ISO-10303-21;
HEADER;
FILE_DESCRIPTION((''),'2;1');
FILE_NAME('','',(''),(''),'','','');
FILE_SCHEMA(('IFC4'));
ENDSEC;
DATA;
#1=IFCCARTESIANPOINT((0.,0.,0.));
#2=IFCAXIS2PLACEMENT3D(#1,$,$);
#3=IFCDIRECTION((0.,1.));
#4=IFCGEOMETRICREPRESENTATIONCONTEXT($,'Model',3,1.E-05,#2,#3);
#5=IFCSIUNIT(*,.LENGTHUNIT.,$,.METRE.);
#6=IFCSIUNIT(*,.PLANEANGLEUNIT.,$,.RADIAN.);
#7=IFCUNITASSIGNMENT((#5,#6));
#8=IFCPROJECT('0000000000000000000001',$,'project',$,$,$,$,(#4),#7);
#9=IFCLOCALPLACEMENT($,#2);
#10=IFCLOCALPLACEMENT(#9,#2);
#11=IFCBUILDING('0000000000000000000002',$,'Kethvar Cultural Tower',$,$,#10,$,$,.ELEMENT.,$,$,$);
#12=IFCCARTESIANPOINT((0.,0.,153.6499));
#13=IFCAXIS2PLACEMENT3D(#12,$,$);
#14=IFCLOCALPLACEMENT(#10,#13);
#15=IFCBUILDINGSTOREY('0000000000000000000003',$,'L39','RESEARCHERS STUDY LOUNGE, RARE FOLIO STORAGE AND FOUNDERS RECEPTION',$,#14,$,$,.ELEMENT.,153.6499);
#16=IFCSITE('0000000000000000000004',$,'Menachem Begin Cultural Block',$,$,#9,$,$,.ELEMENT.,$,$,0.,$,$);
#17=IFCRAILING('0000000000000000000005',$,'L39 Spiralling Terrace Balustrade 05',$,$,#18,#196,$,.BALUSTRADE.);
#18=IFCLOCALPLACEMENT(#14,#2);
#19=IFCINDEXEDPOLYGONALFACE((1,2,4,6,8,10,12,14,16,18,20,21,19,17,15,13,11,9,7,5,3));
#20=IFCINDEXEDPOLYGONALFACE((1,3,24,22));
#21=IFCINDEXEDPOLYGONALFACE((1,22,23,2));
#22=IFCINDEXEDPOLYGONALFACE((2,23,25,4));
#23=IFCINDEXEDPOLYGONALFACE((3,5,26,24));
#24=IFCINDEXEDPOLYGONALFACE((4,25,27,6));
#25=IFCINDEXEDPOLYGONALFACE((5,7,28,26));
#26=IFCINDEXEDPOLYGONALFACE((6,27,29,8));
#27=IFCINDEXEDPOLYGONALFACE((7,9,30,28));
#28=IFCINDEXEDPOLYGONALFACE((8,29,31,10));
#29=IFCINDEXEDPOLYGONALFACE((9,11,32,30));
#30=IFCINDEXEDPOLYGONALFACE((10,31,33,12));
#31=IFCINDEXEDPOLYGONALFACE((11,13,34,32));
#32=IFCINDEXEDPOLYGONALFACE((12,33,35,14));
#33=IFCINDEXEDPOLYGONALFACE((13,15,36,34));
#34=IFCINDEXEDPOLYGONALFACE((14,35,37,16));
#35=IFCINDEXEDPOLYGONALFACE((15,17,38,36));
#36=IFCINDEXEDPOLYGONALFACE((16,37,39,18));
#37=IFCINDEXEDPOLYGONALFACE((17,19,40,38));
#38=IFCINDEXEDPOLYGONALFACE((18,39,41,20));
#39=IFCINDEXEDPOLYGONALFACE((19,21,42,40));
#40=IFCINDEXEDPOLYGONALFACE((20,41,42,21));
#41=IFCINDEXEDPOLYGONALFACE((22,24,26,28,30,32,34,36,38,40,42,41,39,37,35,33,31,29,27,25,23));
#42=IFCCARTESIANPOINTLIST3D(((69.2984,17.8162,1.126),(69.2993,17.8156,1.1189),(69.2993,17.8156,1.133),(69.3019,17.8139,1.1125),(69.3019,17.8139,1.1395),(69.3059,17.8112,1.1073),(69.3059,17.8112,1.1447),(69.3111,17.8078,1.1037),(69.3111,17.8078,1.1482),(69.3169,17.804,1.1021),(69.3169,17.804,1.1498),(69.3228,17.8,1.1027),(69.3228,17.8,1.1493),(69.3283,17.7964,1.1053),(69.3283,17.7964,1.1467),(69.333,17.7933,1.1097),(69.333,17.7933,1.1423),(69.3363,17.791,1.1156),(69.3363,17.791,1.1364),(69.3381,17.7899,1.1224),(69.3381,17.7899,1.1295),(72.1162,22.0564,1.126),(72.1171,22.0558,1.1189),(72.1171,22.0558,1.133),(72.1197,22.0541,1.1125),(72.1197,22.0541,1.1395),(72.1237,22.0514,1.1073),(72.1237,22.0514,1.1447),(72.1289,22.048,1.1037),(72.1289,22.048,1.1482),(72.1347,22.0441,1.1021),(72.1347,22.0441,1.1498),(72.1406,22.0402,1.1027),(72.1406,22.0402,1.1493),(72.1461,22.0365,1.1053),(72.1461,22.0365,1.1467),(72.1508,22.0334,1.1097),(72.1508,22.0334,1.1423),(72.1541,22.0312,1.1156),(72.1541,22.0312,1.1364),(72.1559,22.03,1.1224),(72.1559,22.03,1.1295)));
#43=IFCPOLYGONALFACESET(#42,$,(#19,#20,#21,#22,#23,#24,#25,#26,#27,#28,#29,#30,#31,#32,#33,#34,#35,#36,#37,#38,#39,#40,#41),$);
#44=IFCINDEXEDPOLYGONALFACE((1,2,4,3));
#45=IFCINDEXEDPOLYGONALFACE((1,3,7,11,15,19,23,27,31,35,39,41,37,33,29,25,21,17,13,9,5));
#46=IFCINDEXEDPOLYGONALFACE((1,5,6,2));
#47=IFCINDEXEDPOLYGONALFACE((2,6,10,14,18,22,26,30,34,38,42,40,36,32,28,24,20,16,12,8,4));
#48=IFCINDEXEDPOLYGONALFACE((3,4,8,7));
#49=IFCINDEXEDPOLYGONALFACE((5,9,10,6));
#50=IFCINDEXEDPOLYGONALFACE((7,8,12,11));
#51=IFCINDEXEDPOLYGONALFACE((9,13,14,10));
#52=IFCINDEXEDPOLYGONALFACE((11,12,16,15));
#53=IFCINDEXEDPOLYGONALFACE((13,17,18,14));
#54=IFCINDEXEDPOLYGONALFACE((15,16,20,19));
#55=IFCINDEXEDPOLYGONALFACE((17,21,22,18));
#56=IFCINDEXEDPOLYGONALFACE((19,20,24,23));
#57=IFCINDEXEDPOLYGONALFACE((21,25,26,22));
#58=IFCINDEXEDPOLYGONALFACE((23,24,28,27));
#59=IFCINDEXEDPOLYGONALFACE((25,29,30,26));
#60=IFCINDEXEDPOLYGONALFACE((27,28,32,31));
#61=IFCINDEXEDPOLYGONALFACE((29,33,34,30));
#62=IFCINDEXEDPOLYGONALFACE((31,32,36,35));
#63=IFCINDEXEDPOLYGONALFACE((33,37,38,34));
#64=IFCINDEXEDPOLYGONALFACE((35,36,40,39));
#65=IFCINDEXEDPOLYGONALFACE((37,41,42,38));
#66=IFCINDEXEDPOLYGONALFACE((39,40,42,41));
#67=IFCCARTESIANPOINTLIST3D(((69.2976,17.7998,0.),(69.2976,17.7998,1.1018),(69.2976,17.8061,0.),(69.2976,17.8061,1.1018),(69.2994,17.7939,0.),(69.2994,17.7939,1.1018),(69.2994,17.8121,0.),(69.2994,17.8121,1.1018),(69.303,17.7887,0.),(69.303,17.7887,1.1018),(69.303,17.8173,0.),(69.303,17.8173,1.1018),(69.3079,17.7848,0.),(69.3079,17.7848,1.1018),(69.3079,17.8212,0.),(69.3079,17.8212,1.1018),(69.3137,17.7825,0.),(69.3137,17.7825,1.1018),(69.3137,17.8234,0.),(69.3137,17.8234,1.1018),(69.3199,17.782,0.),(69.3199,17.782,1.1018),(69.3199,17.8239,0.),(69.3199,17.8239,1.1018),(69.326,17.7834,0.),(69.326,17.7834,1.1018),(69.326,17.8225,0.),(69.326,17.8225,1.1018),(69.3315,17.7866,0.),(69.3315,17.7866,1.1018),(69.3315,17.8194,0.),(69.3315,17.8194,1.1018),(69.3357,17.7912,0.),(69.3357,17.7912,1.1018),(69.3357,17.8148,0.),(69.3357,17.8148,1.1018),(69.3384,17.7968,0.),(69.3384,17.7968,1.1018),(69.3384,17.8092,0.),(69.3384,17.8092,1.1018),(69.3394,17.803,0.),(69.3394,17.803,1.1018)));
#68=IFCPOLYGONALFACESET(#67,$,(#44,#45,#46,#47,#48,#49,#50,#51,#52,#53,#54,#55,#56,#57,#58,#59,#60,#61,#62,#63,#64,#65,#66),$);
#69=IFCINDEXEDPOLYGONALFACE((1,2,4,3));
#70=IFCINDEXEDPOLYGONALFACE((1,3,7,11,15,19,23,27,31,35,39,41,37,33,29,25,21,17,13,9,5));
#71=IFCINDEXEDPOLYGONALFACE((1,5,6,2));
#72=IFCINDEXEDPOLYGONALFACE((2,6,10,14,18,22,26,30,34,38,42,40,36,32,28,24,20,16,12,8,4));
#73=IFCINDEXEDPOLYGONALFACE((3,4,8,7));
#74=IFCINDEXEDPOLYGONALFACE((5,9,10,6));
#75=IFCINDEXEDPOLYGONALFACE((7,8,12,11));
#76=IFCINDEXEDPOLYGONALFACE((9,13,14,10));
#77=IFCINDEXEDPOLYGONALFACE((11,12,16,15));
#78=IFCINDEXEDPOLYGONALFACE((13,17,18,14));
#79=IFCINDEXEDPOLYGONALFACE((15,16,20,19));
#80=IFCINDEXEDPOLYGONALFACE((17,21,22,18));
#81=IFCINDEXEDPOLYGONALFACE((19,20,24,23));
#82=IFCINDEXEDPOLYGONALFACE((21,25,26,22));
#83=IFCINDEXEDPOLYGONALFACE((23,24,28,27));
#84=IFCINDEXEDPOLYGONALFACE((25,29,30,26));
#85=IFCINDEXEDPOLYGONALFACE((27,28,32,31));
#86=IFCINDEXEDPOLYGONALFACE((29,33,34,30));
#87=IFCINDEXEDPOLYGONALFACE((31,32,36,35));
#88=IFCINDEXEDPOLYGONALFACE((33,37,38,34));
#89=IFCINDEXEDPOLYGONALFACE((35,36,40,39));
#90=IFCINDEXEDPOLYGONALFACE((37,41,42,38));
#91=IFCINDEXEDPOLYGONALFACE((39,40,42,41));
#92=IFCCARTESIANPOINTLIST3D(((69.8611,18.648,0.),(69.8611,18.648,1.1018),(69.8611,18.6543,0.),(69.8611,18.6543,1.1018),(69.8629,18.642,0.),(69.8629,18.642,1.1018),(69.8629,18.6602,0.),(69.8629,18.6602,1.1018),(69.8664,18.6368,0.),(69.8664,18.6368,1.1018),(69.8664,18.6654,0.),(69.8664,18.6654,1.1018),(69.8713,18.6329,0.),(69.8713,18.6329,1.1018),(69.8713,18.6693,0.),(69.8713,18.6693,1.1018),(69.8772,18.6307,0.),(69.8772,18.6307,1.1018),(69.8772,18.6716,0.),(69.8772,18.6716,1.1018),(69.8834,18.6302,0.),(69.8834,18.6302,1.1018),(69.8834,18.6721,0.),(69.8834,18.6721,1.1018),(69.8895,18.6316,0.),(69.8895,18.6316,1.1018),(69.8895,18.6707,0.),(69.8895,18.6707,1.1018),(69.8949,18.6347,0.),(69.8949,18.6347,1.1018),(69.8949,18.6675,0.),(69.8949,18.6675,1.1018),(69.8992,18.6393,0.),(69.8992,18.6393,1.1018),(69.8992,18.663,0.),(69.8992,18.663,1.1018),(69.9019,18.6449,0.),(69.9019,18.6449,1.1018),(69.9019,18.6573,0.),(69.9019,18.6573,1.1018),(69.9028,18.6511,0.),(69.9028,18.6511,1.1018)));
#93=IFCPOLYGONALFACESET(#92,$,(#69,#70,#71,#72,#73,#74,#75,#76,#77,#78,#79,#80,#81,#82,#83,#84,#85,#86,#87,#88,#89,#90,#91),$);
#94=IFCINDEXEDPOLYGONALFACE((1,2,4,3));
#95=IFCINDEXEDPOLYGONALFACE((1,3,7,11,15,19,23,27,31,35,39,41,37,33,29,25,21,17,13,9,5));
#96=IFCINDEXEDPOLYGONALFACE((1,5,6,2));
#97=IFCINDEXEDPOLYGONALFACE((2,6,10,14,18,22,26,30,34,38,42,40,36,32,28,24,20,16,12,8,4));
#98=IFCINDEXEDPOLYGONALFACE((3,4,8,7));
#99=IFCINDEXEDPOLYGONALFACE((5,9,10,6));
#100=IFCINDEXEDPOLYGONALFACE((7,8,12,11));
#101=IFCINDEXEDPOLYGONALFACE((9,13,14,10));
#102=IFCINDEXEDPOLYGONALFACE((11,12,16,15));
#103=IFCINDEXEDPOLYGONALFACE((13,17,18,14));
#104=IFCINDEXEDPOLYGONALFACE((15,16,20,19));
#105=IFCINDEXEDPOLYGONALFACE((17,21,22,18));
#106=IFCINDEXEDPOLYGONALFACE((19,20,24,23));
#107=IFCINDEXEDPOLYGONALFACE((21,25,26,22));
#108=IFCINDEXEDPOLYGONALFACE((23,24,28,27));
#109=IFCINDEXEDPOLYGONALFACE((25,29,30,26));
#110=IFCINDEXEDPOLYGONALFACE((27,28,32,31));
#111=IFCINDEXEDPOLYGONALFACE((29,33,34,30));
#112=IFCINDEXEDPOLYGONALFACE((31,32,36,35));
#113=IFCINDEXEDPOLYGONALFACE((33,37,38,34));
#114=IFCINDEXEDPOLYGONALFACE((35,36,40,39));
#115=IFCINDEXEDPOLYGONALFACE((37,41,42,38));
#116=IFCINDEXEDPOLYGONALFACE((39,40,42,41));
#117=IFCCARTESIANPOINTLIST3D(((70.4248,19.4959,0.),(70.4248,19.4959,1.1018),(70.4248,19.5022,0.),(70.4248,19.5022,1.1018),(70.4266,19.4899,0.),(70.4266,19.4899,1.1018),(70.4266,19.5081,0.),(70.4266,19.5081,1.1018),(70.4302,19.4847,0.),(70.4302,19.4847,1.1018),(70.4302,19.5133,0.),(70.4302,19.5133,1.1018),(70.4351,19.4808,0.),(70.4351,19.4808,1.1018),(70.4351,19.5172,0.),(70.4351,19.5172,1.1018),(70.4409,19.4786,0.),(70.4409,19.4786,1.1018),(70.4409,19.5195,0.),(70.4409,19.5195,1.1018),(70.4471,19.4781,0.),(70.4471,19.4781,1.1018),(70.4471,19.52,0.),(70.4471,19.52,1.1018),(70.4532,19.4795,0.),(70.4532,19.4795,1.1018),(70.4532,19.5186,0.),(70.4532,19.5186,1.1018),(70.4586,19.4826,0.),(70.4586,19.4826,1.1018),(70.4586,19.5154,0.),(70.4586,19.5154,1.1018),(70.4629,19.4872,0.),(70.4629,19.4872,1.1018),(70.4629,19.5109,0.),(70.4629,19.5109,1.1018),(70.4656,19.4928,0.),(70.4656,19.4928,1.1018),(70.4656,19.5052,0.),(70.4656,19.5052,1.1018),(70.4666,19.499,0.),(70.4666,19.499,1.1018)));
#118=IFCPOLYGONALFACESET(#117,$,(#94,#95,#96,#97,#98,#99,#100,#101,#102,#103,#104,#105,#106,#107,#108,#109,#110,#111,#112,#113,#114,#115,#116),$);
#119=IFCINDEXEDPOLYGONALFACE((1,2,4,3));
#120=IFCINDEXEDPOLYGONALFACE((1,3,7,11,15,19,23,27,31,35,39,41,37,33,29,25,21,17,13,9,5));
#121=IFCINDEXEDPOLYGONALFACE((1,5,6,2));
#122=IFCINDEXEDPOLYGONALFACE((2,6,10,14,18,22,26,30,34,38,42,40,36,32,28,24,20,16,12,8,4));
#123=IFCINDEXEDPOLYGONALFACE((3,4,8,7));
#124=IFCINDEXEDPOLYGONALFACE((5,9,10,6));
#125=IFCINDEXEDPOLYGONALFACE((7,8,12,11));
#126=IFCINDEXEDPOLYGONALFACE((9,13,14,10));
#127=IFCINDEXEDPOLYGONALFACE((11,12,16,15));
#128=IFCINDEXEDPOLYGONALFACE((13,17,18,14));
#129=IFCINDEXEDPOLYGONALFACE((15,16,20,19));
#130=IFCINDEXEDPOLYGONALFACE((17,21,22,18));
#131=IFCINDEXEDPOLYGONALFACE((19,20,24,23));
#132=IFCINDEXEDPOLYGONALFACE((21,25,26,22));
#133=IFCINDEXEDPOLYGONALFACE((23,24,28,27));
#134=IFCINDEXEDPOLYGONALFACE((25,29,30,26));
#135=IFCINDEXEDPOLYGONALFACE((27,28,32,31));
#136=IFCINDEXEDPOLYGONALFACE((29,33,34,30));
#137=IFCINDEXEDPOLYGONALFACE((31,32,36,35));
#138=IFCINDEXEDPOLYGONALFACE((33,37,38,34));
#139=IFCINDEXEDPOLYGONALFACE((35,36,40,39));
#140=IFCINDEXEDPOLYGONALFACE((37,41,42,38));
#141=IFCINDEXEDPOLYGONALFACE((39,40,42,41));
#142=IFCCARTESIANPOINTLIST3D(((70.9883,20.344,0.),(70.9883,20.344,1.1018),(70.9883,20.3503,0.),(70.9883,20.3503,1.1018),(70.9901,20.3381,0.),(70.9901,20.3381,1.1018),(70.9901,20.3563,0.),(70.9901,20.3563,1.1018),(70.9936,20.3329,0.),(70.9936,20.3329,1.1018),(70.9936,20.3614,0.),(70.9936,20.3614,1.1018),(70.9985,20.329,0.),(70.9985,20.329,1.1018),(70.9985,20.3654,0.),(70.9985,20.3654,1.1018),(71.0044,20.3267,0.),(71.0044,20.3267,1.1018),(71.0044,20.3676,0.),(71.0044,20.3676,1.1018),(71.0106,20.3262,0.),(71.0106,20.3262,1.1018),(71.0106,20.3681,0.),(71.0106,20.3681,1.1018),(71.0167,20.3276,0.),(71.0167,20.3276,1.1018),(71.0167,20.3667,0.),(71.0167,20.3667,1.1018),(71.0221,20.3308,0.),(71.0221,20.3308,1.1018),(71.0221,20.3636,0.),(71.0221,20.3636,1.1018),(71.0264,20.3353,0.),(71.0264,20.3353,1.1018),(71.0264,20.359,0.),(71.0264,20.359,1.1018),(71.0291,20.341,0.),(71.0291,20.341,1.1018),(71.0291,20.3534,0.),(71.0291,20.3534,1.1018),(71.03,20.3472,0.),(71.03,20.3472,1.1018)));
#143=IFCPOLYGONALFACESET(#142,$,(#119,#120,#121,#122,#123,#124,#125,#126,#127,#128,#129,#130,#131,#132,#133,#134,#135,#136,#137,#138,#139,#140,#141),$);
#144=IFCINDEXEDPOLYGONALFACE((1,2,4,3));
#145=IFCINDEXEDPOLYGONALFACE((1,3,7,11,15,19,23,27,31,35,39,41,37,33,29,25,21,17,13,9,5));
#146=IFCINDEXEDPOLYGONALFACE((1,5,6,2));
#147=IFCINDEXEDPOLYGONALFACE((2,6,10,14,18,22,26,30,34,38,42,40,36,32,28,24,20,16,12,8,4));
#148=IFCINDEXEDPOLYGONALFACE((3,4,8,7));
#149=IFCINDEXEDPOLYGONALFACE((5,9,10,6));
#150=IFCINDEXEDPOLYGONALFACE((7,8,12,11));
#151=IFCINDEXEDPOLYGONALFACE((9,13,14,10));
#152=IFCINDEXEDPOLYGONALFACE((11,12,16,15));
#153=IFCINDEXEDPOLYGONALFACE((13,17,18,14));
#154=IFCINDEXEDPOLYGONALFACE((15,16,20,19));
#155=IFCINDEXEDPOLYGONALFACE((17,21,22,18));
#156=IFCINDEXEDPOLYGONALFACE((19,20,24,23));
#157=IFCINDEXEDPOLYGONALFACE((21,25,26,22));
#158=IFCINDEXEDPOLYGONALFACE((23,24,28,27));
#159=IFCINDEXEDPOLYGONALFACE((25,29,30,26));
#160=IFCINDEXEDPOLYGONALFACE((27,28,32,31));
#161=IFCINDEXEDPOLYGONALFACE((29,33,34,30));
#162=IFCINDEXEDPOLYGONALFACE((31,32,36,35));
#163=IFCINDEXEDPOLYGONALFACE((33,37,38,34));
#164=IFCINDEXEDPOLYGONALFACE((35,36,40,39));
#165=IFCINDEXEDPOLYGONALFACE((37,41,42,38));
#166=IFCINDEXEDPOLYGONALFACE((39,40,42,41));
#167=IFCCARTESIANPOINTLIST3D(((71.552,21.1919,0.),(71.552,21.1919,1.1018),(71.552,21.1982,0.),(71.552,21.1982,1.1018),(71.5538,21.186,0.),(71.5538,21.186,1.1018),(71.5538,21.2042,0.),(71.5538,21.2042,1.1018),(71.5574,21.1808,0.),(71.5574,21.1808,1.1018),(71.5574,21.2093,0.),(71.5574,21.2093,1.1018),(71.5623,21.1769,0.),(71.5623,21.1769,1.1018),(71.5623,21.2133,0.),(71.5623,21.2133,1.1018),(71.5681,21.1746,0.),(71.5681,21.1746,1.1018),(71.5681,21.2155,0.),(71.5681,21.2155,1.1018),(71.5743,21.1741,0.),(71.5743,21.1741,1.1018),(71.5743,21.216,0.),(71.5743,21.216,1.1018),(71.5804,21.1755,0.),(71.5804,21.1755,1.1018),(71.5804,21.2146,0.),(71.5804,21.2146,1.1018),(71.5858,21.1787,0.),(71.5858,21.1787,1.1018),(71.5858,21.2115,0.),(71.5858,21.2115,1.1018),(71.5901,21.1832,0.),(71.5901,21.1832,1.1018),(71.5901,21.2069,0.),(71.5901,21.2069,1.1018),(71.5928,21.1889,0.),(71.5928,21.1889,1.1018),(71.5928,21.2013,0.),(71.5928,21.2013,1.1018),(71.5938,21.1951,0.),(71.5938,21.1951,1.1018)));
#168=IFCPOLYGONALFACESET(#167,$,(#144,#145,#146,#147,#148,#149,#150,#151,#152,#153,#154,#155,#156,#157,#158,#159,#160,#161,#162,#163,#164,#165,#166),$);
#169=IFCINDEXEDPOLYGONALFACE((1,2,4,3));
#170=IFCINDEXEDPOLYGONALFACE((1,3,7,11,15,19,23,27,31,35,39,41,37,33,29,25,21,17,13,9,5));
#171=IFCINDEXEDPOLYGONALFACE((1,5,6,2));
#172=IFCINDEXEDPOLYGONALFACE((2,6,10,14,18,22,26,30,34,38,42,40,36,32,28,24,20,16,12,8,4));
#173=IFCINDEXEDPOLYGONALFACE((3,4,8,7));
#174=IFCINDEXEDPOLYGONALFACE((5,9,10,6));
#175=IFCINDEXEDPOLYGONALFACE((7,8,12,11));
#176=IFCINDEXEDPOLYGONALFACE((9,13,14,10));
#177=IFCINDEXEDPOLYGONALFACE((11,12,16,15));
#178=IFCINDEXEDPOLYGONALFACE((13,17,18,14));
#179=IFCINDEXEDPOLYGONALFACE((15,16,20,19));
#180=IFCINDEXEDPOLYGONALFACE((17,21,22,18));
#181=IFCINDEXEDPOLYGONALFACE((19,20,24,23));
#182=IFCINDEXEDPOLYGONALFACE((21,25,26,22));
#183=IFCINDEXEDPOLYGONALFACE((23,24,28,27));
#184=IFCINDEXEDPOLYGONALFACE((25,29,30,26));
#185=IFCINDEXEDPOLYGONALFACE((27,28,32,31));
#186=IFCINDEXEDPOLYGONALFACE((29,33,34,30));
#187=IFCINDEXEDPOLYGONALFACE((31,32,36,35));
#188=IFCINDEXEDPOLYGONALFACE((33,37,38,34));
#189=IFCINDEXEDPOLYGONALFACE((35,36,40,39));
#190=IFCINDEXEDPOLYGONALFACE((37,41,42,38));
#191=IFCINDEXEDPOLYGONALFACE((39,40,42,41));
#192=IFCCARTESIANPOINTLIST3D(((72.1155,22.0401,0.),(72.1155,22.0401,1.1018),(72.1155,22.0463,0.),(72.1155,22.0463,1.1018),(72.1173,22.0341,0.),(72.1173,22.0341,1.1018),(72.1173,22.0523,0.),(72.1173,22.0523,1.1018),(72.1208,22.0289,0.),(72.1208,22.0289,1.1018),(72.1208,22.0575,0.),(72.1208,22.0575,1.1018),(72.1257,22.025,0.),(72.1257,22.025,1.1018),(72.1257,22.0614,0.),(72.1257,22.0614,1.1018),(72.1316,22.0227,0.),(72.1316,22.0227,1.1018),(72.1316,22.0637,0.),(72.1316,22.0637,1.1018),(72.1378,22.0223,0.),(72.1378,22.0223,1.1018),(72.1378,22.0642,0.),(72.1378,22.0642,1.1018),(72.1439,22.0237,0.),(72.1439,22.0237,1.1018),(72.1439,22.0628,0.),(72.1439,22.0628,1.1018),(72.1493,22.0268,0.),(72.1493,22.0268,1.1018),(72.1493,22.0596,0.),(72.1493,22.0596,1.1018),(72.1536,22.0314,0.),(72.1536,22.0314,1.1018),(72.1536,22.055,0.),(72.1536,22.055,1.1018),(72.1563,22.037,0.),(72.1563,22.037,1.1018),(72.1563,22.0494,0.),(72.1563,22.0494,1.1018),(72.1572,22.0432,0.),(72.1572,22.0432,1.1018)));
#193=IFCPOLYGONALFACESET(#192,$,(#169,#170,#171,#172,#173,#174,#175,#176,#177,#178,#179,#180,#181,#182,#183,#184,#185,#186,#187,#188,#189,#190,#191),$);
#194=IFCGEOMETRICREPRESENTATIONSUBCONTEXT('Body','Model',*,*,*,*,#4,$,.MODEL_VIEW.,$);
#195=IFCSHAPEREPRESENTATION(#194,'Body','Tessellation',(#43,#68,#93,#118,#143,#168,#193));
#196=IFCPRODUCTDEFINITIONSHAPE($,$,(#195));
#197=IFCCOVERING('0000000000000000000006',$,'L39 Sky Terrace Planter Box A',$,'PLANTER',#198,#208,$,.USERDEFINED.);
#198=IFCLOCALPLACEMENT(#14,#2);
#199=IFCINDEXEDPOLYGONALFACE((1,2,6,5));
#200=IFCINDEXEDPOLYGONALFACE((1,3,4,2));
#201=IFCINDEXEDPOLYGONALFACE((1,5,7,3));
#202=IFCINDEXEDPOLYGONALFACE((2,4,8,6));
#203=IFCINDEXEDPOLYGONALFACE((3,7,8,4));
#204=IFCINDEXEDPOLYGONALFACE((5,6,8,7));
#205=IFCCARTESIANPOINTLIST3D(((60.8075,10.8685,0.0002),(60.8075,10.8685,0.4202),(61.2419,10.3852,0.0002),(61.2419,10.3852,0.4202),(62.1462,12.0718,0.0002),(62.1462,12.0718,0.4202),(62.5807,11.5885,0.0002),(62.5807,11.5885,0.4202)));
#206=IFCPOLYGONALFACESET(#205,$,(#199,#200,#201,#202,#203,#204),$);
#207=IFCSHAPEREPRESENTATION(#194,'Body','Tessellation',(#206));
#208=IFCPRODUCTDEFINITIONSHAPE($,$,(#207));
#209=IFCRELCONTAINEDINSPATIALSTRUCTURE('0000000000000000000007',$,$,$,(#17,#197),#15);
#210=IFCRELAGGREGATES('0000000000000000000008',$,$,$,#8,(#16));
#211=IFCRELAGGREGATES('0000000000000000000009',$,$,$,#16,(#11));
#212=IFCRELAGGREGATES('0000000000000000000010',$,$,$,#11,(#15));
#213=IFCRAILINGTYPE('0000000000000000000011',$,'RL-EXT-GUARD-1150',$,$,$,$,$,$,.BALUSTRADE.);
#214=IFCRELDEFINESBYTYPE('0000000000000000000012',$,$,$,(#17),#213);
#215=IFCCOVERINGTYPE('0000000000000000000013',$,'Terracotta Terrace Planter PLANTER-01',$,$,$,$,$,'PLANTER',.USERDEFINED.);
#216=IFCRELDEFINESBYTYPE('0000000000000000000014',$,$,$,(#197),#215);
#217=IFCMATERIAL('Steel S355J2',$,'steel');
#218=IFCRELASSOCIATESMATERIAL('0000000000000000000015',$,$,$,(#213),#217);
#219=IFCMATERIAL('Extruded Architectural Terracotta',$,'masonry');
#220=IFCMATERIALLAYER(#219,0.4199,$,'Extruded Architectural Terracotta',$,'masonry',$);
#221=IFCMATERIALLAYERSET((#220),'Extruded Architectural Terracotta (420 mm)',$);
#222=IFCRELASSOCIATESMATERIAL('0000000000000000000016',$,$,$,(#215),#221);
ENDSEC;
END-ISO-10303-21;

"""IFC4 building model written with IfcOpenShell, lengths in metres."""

from ifc_helpers import new_model, si_unit, direction, frame, origin, origin_2d, place, context, subcontext, project, spatial, rectangle, circle, extrude, source, transform, mapped, material, layer, layer_set, type_object, element, save


model = new_model("IFC4")

# Units and contexts
model_context = context("Model", 3, precision=1e-05, world=origin(), true_north=direction((0.0, 1.0)))
body_context = subcontext(model_context, "Body", "Model", "MODEL_VIEW")
ifc_project = project(units=[si_unit("LENGTHUNIT", "METRE"), si_unit("PLANEANGLEUNIT", "RADIAN")], contexts=[model_context])

# Site, building, storey
site_placement = place(None, origin())
site = spatial("IfcSite", under=ifc_project, at=site_placement, Name="Menachem Begin Cultural Block", CompositionType="ELEMENT", RefElevation=0.0)
building_placement = place(site_placement, origin())
building = spatial("IfcBuilding", under=site, at=building_placement, Name="Kethvar Cultural Tower", CompositionType="ELEMENT")
storey_placement = place(building_placement, frame((0.0, 0.0, 153.6499)))
storey = spatial("IfcBuildingStorey", under=building, at=storey_placement, Name="L39", Description="RESEARCHERS STUDY LOUNGE, RARE FOLIO STORAGE AND FOUNDERS RECEPTION", CompositionType="ELEMENT", Elevation=153.6499)

# Shared definitions
ifc_material_1 = material(Name="Steel S355J2", Category="steel")

# Railing
railing_type = type_object("IfcRailingType", Name="RL-EXT-GUARD-1150", PredefinedType="BALUSTRADE", material=ifc_material_1)
railing_1_placement = place(storey_placement, frame((69.3184, 17.803, 0.0)))
element("IfcRailing", 1, at=railing_1_placement, inside=storey, type_object=railing_type, Name="L39 Spiralling Terrace Balustrade 05", PredefinedType="BALUSTRADE", context=body_context, shape_type="SweptSolid", body=[
    extrude(circle(Radius=0.0239, at=origin_2d()), frame((0.0, 0.0, 1.126), z_axis=(0.553482, 0.832861, 0.0), x_axis=(-0.832861, 0.553482, 0.0)), (0.0, 0.0, 1.0), 5.0911),
    extrude(circle(Radius=0.021, at=origin_2d()), origin(), (0.0, 0.0, 1.0), 1.1018),
    extrude(circle(Radius=0.021, at=origin_2d()), frame((0.5635, 0.8481, 0.0)), (0.0, 0.0, 1.0), 1.1018),
    extrude(circle(Radius=0.021, at=origin_2d()), frame((1.1272, 1.696, 0.0)), (0.0, 0.0, 1.0), 1.1018),
    extrude(circle(Radius=0.021, at=origin_2d()), frame((1.6907, 2.5442, 0.0)), (0.0, 0.0, 1.0), 1.1018),
    extrude(circle(Radius=0.021, at=origin_2d()), frame((2.2544, 3.3921, 0.0)), (0.0, 0.0, 1.0), 1.1018),
    extrude(circle(Radius=0.021, at=origin_2d()), frame((2.8179, 4.2402, 0.0)), (0.0, 0.0, 1.0), 1.1018),
])

# Covering
ifc_material_2 = material(Name="Extruded Architectural Terracotta", Category="masonry")
ifc_layer_1 = layer(ifc_material_2, 0.4199, Name="Extruded Architectural Terracotta", Category="masonry")
ifc_layer_set_1 = layer_set([ifc_layer_1], Name="Extruded Architectural Terracotta (420 mm)")
covering_type_1 = type_object("IfcCoveringType", Name="Terracotta Terrace Planter PLANTER-01", ElementType="PLANTER", PredefinedType="USERDEFINED", material=ifc_layer_set_1)
shared_shape_1 = source(origin(), body_context, "Body", "SweptSolid", [
    extrude(rectangle(XDim=1.8, YDim=0.6499, at=origin_2d()), origin(), (0.0, 0.0, 1.0), 0.4199),
])
covering_placement = place(storey_placement, frame((61.6941, 11.2285, 0.0002), z_axis=(0.0, 0.0, 1.0), x_axis=(0.743728, 0.668482, 0.0)))
element("IfcCovering", 2, at=covering_placement, inside=storey, type_object=covering_type_1, Name="L39 Sky Terrace Planter Box A", ObjectType="PLANTER", PredefinedType="USERDEFINED", context=body_context, shape_type="MappedRepresentation", body=[
    mapped(shared_shape_1, transform((0.0, 0.0, 0.0), scale=1.0)),
])

save(model, "model.ifc")
